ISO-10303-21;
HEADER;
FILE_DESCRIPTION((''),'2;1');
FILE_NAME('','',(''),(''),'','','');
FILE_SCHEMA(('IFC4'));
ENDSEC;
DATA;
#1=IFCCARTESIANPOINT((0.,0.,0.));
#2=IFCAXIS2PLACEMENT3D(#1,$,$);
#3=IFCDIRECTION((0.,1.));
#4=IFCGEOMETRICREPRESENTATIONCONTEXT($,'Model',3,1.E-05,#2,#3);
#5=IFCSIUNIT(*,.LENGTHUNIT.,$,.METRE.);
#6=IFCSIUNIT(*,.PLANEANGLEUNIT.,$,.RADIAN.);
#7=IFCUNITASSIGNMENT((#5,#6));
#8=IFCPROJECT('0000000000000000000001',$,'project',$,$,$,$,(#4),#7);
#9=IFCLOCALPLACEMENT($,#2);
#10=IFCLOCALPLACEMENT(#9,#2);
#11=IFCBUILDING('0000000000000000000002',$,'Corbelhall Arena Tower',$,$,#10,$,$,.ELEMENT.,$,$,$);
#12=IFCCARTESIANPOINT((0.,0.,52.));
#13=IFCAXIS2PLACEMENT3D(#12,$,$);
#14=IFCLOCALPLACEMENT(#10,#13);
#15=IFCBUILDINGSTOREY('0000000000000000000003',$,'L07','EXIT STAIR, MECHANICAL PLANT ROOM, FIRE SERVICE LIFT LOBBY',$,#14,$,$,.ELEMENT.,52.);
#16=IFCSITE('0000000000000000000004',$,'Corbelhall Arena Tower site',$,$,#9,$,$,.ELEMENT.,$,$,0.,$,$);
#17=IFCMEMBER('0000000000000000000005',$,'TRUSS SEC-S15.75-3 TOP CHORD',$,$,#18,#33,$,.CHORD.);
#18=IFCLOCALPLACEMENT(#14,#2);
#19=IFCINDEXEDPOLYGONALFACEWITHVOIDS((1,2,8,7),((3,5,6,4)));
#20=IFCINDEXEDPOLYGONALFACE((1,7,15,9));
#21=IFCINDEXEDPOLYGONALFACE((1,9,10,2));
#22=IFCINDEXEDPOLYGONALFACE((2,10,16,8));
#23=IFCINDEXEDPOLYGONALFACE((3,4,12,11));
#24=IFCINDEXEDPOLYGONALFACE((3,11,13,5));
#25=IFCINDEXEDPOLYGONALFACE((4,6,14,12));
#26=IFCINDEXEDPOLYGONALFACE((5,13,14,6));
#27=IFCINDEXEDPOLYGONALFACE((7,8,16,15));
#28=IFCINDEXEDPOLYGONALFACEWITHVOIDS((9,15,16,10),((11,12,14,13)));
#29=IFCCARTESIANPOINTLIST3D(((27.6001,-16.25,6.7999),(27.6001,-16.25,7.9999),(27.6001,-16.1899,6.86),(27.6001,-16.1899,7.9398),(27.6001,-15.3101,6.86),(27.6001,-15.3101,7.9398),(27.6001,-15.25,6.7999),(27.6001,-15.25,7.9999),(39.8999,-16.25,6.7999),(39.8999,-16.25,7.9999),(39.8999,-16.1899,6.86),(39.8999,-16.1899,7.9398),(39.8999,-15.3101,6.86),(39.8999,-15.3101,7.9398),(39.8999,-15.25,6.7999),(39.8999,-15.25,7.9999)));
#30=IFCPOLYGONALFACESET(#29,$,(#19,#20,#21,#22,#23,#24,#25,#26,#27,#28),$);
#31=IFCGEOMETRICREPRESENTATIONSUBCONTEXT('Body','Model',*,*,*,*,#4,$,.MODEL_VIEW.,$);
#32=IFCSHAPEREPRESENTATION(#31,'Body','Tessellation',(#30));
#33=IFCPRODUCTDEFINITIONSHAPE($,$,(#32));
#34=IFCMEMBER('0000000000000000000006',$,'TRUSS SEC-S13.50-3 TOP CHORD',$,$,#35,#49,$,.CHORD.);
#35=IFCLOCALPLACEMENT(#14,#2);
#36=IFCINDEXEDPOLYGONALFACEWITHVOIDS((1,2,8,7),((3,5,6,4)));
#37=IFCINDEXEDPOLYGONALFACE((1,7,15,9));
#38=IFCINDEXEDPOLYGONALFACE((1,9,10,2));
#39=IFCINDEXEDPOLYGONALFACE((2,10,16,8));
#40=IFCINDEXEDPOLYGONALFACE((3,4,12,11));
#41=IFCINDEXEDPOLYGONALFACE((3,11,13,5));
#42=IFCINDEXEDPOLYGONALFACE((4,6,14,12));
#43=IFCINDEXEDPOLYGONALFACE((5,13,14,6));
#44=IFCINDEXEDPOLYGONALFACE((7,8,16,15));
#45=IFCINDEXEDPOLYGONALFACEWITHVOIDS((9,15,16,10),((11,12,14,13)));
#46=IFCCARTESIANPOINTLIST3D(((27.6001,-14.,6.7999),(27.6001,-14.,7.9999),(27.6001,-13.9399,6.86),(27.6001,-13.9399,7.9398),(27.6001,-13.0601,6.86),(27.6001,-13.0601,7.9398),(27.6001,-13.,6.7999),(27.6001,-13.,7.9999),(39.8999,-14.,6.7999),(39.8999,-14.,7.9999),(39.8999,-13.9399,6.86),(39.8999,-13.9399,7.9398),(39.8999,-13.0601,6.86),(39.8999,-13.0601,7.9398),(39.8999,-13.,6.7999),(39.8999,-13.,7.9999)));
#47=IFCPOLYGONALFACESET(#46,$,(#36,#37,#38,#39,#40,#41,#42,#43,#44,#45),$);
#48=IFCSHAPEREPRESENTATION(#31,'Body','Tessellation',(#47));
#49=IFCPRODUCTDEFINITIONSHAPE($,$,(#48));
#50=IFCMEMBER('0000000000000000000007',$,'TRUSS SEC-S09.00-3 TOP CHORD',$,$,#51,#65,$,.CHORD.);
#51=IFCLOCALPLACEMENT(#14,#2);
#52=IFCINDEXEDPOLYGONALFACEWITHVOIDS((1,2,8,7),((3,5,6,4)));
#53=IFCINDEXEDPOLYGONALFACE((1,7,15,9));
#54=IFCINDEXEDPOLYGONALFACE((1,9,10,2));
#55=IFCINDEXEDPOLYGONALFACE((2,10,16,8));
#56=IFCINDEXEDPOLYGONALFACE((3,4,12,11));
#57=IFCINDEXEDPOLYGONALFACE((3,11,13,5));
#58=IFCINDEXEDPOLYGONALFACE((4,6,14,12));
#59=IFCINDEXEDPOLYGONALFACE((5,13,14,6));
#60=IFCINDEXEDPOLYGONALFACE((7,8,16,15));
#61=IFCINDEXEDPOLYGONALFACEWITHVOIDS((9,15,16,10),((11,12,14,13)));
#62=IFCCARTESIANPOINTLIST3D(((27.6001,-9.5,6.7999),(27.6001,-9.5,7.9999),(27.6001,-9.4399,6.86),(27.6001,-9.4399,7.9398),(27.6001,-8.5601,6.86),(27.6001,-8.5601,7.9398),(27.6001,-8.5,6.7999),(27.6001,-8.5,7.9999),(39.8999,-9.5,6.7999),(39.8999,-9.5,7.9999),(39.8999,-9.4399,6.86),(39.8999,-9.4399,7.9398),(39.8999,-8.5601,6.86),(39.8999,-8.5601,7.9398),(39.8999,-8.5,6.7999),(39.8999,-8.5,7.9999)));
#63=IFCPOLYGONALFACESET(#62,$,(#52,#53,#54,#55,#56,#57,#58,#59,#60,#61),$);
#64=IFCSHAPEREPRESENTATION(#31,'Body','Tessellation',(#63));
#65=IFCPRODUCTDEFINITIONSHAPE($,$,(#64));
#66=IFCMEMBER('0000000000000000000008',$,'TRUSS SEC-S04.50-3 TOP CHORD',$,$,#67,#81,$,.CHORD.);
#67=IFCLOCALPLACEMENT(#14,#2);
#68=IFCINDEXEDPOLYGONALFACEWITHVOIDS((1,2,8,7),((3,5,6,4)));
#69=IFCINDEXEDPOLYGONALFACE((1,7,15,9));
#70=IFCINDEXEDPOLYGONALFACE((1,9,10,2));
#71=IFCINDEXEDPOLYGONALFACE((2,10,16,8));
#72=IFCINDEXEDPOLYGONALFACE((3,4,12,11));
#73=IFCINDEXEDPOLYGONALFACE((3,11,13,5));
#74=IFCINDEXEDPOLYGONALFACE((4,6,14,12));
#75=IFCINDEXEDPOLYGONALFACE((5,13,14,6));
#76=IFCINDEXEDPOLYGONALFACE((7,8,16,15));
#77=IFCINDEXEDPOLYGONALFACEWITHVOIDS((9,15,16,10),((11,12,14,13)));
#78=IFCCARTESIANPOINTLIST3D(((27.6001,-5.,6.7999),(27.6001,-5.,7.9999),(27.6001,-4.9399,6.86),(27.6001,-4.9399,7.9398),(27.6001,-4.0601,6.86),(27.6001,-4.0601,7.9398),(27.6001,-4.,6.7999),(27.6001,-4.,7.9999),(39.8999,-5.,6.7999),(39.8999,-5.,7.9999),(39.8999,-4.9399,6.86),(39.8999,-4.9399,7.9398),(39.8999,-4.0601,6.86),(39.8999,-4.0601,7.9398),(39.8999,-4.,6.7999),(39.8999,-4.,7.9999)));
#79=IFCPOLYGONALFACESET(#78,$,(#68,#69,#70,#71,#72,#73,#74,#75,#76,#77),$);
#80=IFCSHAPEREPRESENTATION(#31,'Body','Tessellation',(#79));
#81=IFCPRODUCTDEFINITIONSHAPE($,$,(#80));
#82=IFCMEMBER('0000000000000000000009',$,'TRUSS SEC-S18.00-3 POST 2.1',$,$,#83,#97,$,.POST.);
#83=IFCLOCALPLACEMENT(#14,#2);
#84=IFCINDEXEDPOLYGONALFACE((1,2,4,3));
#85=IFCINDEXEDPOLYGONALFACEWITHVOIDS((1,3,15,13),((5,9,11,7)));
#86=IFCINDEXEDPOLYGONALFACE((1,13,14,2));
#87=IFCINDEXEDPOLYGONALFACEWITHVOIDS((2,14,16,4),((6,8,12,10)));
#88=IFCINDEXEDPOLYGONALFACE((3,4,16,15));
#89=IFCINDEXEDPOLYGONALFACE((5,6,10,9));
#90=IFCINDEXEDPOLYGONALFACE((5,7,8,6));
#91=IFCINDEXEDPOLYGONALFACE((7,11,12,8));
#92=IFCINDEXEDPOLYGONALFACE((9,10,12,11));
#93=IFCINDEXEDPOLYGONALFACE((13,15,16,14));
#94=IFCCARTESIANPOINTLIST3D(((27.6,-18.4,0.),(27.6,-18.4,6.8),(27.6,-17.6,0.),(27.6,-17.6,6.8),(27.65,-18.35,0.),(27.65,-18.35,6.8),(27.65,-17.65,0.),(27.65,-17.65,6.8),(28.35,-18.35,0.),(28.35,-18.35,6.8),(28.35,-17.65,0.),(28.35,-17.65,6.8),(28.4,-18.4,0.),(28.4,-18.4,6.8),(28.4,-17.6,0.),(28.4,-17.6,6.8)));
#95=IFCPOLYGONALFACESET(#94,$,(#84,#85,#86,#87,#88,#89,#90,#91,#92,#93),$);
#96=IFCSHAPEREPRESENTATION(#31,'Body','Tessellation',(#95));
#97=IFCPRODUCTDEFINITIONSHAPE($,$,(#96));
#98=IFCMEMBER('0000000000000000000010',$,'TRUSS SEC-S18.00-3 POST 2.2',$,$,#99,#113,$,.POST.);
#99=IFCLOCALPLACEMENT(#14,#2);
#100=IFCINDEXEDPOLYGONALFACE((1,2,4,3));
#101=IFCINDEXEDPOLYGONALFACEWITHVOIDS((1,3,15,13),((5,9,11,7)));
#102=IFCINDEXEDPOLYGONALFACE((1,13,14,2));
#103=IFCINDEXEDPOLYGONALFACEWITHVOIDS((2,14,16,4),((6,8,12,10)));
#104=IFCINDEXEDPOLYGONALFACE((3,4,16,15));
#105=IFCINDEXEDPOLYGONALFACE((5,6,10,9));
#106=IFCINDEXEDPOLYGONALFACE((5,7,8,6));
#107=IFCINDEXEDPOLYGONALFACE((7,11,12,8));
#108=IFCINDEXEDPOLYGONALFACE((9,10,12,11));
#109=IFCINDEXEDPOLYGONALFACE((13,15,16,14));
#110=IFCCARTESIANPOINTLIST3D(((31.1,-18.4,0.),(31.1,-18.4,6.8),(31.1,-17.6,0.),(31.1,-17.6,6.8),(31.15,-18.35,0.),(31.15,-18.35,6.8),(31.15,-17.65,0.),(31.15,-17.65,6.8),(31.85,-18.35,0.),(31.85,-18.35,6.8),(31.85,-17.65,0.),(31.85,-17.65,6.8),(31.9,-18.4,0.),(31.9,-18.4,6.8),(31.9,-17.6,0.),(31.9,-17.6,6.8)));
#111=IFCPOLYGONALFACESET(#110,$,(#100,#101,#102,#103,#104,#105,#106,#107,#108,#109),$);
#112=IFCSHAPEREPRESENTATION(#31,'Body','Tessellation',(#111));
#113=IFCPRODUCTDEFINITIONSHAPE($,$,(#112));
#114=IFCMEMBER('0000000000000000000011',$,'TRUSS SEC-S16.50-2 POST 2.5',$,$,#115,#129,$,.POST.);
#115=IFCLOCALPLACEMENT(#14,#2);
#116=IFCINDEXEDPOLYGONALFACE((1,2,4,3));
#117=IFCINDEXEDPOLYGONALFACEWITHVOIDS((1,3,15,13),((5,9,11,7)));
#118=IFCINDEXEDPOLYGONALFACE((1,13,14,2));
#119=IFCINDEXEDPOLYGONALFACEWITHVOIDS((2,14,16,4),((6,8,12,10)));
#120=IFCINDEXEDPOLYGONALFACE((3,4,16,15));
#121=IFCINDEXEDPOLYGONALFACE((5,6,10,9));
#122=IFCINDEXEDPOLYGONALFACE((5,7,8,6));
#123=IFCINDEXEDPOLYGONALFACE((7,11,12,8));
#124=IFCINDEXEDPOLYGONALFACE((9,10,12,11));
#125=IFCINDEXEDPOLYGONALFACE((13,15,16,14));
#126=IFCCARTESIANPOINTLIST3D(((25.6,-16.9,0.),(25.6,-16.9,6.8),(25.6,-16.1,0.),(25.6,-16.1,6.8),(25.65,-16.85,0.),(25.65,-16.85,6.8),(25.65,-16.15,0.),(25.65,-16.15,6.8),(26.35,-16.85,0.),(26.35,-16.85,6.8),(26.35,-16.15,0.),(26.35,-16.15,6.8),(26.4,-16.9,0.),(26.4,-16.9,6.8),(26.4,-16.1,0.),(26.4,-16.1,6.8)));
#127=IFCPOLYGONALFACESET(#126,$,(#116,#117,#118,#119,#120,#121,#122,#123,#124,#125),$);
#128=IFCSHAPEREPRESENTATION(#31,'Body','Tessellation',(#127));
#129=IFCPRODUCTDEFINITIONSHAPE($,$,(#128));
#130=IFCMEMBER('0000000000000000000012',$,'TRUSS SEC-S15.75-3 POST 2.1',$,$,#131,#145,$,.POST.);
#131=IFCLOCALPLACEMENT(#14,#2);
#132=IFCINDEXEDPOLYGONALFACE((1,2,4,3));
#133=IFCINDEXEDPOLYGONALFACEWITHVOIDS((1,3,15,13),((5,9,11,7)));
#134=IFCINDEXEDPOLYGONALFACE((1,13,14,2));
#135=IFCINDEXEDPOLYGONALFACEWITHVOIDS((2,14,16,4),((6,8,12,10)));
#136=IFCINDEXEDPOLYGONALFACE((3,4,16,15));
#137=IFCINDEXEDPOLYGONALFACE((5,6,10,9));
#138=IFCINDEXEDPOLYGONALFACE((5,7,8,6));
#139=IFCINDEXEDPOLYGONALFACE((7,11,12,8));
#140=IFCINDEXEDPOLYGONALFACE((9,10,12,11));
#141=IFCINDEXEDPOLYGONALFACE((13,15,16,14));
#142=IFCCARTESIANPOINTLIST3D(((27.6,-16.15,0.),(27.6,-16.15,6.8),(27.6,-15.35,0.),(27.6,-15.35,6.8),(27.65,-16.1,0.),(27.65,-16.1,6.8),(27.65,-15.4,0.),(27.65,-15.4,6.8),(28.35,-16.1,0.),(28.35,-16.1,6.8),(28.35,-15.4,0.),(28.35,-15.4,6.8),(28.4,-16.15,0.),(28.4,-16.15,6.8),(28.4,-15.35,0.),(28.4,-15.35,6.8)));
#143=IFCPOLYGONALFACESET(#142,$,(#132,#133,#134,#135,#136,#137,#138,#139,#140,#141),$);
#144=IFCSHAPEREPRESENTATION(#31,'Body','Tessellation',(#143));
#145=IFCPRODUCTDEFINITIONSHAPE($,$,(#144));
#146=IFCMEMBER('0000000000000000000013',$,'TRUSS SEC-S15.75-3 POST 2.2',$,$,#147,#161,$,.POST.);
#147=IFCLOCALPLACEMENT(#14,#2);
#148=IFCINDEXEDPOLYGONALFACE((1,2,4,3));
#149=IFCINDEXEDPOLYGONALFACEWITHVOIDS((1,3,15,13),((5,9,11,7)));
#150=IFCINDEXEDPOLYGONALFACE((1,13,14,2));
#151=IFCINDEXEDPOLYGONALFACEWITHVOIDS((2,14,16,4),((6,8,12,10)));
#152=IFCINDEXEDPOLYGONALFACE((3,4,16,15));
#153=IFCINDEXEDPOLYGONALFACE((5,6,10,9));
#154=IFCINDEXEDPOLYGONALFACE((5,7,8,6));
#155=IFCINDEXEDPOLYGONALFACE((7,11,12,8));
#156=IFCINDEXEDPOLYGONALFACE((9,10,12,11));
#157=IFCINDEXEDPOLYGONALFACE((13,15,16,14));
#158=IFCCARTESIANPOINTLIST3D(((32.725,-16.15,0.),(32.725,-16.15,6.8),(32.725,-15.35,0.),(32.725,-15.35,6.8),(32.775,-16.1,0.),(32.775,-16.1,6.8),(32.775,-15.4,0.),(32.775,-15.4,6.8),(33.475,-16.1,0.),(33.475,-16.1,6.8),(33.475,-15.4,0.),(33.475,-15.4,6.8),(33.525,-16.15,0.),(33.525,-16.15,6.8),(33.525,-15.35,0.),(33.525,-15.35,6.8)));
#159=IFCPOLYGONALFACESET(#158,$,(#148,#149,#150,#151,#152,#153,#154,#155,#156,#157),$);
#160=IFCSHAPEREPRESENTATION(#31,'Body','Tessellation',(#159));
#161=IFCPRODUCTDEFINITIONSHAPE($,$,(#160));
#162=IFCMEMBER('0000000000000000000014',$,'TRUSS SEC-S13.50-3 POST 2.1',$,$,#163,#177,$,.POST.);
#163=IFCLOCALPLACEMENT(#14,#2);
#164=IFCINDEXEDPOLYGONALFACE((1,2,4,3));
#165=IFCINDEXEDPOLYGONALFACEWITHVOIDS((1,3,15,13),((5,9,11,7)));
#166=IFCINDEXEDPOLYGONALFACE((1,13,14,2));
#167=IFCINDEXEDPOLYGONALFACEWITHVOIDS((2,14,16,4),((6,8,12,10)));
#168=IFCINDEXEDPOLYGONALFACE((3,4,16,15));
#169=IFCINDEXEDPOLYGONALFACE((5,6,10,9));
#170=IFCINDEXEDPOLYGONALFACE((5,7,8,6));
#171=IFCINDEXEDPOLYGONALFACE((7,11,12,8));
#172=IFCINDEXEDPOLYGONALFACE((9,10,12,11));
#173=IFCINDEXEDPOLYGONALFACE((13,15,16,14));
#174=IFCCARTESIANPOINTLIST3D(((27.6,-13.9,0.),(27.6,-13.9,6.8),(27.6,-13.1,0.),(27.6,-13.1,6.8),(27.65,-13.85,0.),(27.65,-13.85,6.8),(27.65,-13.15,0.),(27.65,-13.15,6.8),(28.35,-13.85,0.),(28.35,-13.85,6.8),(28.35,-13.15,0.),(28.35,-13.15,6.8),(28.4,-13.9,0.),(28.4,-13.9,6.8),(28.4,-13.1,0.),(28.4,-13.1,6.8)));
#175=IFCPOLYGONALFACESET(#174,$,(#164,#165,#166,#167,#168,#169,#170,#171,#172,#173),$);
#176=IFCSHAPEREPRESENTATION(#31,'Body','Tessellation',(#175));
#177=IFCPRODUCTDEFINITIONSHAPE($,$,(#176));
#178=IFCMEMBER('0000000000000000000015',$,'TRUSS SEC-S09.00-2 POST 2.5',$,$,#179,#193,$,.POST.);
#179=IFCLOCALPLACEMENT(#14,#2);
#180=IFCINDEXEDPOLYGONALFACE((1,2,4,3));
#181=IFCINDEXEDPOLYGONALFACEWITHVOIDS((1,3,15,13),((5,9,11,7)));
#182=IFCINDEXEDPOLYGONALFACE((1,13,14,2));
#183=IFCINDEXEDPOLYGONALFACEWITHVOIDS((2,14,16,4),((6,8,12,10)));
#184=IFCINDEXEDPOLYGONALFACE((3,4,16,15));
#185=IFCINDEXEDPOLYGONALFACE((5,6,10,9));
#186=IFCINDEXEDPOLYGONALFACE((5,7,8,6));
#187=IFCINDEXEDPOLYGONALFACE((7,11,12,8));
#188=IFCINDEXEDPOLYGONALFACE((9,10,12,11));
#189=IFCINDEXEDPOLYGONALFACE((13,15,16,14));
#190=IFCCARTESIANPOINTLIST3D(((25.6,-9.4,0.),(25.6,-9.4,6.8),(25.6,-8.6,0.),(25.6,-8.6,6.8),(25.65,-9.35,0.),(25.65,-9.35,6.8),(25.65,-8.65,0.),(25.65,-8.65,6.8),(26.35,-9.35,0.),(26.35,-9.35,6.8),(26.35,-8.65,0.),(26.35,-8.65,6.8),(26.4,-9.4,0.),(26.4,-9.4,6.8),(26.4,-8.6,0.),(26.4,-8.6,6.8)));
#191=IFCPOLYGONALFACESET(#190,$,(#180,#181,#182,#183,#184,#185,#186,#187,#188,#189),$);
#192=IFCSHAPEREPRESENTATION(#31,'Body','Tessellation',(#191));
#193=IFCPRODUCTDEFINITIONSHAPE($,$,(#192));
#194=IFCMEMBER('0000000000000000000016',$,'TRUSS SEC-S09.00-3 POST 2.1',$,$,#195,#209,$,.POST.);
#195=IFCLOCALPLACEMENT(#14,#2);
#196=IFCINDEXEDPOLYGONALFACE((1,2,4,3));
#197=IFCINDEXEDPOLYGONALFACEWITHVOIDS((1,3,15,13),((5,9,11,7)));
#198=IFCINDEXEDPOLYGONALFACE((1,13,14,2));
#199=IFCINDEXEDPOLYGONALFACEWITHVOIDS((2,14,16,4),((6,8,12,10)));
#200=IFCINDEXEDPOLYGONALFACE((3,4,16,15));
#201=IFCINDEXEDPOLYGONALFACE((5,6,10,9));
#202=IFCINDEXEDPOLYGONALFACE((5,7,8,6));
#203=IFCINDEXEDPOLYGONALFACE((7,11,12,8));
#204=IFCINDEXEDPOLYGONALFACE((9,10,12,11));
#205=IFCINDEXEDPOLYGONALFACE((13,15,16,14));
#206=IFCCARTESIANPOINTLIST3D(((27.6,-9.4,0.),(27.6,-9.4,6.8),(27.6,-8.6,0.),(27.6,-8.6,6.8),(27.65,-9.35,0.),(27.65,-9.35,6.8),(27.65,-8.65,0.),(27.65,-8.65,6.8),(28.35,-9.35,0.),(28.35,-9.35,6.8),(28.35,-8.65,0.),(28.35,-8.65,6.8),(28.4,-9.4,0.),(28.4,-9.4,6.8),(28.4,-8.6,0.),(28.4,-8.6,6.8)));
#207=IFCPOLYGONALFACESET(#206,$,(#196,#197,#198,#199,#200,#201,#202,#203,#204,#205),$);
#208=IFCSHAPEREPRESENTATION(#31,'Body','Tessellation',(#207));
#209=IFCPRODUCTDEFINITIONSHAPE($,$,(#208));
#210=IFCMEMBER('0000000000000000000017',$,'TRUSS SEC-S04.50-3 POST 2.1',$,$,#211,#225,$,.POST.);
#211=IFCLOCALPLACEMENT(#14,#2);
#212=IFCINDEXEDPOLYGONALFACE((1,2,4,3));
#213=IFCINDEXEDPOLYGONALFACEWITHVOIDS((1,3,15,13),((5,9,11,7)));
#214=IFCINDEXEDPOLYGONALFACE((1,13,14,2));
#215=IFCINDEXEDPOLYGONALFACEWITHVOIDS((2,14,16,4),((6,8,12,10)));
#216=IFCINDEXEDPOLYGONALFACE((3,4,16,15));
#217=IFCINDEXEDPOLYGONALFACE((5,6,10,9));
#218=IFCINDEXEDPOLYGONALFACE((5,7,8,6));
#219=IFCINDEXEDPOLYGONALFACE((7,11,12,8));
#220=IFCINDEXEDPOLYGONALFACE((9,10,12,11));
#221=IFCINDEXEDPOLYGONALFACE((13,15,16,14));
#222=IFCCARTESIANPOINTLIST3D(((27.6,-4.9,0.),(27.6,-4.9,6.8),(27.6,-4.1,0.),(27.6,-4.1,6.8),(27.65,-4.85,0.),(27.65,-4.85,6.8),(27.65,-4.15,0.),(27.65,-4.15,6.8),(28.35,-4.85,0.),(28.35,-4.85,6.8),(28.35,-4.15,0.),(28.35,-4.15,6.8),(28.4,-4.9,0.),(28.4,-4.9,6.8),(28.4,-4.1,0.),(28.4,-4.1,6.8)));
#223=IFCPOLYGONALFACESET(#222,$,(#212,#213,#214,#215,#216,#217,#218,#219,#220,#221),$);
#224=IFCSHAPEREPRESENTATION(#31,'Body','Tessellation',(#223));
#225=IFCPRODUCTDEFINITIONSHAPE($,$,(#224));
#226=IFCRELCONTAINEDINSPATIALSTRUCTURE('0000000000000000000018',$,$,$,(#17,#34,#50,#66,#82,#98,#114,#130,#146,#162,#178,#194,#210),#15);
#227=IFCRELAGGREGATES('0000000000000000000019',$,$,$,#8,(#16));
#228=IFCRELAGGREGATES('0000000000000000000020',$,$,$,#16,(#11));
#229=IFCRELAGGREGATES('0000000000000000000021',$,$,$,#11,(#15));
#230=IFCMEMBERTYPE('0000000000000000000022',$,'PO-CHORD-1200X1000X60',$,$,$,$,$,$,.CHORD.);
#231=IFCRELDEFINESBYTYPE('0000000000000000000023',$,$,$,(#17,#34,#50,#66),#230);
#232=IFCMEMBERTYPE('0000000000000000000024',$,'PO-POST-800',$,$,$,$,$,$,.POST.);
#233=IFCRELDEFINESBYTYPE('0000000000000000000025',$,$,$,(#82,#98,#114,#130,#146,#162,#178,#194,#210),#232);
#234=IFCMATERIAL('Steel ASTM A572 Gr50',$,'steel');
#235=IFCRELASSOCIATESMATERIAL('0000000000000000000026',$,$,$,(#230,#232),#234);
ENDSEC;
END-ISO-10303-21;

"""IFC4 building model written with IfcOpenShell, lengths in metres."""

from ifc_helpers import new_model, si_unit, direction, frame, origin, origin_2d, place, context, subcontext, project, spatial, hollow_rectangle, extrude, material, material_profile, profile_set, type_object, element, save


model = new_model("IFC4")

# Units and contexts
model_context = context("Model", 3, precision=1e-05, world=origin(), true_north=direction((0.0, 1.0)))
body_context = subcontext(model_context, "Body", "Model", "MODEL_VIEW")
ifc_project = project(units=[si_unit("LENGTHUNIT", "METRE"), si_unit("PLANEANGLEUNIT", "RADIAN")], contexts=[model_context])

# Site, building, storey
site_placement = place(None, origin())
site = spatial("IfcSite", under=ifc_project, at=site_placement, Name="Corbelhall Arena Tower site", CompositionType="ELEMENT", RefElevation=0.0)
building_placement = place(site_placement, origin())
building = spatial("IfcBuilding", under=site, at=building_placement, Name="Corbelhall Arena Tower", CompositionType="ELEMENT")
storey_placement = place(building_placement, frame((0.0, 0.0, 52.0)))
storey = spatial("IfcBuildingStorey", under=building, at=storey_placement, Name="L07", Description="EXIT STAIR, MECHANICAL PLANT ROOM, FIRE SERVICE LIFT LOBBY", CompositionType="ELEMENT", Elevation=52.0)

# Members
ifc_material_1 = material(Name="Steel ASTM A572 Gr50", Category="steel")
ifc_material_profile_1 = material_profile(ifc_material_1, hollow_rectangle(XDim=1.0, YDim=1.2, WallThickness=0.0601, at=origin_2d()))
ifc_profile_set_1 = profile_set([ifc_material_profile_1], Name="Steel ASTM A572 Gr50")
member_type_1 = type_object("IfcMemberType", Name="PO-CHORD-1200X1000X60", PredefinedType="CHORD", material=ifc_profile_set_1)
for number, where, z_axis, x_axis, name in (
    (1, (27.6001, -15.75, 7.3999), (1.0, 0.0, 0.0), (0.0, 1.0, 0.0), "TRUSS SEC-S15.75-3 TOP CHORD"),
    (2, (27.6001, -13.5, 7.3999), (1.0, 0.0, 0.0), (0.0, 1.0, 0.0), "TRUSS SEC-S13.50-3 TOP CHORD"),
    (3, (27.6001, -9.0, 7.3999), (1.0, 0.0, 0.0), (0.0, 1.0, 0.0), "TRUSS SEC-S09.00-3 TOP CHORD"),
    (4, (27.6001, -4.5, 7.3999), (1.0, 0.0, 0.0), (0.0, 1.0, 0.0), "TRUSS SEC-S04.50-3 TOP CHORD"),
):
    element("IfcMember", number, at=place(storey_placement, frame(where, z_axis=z_axis, x_axis=x_axis)), inside=storey, type_object=member_type_1, Name=name, PredefinedType="CHORD", context=body_context, shape_type="SweptSolid", body=[
        extrude(hollow_rectangle(XDim=1.0, YDim=1.2, WallThickness=0.0601, at=origin_2d()), origin(), (0.0, 0.0, 1.0), 12.2998),
    ])
ifc_material_profile_2 = material_profile(ifc_material_1, hollow_rectangle(XDim=0.8, YDim=0.8, WallThickness=0.05, at=origin_2d()))
ifc_profile_set_2 = profile_set([ifc_material_profile_2], Name="Steel ASTM A572 Gr50")
member_type_2 = type_object("IfcMemberType", Name="PO-POST-800", PredefinedType="POST", material=ifc_profile_set_2)
for number, where, z_axis, x_axis, name in (
    (5, (28.0, -18.0, 0.0), (0.0, 0.0, 1.0), (1.0, 0.0, 0.0), "TRUSS SEC-S18.00-3 POST 2.1"),
    (6, (31.5, -18.0, 0.0), (0.0, 0.0, 1.0), (1.0, 0.0, 0.0), "TRUSS SEC-S18.00-3 POST 2.2"),
    (7, (26.0, -16.5, 0.0), (0.0, 0.0, 1.0), (1.0, 0.0, 0.0), "TRUSS SEC-S16.50-2 POST 2.5"),
    (8, (28.0, -15.75, 0.0), (0.0, 0.0, 1.0), (1.0, 0.0, 0.0), "TRUSS SEC-S15.75-3 POST 2.1"),
    (9, (33.125, -15.75, 0.0), (0.0, 0.0, 1.0), (1.0, 0.0, 0.0), "TRUSS SEC-S15.75-3 POST 2.2"),
    (10, (28.0, -13.5, 0.0), (0.0, 0.0, 1.0), (1.0, 0.0, 0.0), "TRUSS SEC-S13.50-3 POST 2.1"),
    (11, (26.0, -9.0, 0.0), (0.0, 0.0, 1.0), (1.0, 0.0, 0.0), "TRUSS SEC-S09.00-2 POST 2.5"),
    (12, (28.0, -9.0, 0.0), (0.0, 0.0, 1.0), (1.0, 0.0, 0.0), "TRUSS SEC-S09.00-3 POST 2.1"),
    (13, (28.0, -4.5, 0.0), (0.0, 0.0, 1.0), (1.0, 0.0, 0.0), "TRUSS SEC-S04.50-3 POST 2.1"),
):
    element("IfcMember", number, at=place(storey_placement, frame(where, z_axis=z_axis, x_axis=x_axis)), inside=storey, type_object=member_type_2, Name=name, PredefinedType="POST", context=body_context, shape_type="SweptSolid", body=[
        extrude(hollow_rectangle(XDim=0.8, YDim=0.8, WallThickness=0.05, at=origin_2d()), origin(), (0.0, 0.0, 1.0), 6.8),
    ])

save(model, "model.ifc")
